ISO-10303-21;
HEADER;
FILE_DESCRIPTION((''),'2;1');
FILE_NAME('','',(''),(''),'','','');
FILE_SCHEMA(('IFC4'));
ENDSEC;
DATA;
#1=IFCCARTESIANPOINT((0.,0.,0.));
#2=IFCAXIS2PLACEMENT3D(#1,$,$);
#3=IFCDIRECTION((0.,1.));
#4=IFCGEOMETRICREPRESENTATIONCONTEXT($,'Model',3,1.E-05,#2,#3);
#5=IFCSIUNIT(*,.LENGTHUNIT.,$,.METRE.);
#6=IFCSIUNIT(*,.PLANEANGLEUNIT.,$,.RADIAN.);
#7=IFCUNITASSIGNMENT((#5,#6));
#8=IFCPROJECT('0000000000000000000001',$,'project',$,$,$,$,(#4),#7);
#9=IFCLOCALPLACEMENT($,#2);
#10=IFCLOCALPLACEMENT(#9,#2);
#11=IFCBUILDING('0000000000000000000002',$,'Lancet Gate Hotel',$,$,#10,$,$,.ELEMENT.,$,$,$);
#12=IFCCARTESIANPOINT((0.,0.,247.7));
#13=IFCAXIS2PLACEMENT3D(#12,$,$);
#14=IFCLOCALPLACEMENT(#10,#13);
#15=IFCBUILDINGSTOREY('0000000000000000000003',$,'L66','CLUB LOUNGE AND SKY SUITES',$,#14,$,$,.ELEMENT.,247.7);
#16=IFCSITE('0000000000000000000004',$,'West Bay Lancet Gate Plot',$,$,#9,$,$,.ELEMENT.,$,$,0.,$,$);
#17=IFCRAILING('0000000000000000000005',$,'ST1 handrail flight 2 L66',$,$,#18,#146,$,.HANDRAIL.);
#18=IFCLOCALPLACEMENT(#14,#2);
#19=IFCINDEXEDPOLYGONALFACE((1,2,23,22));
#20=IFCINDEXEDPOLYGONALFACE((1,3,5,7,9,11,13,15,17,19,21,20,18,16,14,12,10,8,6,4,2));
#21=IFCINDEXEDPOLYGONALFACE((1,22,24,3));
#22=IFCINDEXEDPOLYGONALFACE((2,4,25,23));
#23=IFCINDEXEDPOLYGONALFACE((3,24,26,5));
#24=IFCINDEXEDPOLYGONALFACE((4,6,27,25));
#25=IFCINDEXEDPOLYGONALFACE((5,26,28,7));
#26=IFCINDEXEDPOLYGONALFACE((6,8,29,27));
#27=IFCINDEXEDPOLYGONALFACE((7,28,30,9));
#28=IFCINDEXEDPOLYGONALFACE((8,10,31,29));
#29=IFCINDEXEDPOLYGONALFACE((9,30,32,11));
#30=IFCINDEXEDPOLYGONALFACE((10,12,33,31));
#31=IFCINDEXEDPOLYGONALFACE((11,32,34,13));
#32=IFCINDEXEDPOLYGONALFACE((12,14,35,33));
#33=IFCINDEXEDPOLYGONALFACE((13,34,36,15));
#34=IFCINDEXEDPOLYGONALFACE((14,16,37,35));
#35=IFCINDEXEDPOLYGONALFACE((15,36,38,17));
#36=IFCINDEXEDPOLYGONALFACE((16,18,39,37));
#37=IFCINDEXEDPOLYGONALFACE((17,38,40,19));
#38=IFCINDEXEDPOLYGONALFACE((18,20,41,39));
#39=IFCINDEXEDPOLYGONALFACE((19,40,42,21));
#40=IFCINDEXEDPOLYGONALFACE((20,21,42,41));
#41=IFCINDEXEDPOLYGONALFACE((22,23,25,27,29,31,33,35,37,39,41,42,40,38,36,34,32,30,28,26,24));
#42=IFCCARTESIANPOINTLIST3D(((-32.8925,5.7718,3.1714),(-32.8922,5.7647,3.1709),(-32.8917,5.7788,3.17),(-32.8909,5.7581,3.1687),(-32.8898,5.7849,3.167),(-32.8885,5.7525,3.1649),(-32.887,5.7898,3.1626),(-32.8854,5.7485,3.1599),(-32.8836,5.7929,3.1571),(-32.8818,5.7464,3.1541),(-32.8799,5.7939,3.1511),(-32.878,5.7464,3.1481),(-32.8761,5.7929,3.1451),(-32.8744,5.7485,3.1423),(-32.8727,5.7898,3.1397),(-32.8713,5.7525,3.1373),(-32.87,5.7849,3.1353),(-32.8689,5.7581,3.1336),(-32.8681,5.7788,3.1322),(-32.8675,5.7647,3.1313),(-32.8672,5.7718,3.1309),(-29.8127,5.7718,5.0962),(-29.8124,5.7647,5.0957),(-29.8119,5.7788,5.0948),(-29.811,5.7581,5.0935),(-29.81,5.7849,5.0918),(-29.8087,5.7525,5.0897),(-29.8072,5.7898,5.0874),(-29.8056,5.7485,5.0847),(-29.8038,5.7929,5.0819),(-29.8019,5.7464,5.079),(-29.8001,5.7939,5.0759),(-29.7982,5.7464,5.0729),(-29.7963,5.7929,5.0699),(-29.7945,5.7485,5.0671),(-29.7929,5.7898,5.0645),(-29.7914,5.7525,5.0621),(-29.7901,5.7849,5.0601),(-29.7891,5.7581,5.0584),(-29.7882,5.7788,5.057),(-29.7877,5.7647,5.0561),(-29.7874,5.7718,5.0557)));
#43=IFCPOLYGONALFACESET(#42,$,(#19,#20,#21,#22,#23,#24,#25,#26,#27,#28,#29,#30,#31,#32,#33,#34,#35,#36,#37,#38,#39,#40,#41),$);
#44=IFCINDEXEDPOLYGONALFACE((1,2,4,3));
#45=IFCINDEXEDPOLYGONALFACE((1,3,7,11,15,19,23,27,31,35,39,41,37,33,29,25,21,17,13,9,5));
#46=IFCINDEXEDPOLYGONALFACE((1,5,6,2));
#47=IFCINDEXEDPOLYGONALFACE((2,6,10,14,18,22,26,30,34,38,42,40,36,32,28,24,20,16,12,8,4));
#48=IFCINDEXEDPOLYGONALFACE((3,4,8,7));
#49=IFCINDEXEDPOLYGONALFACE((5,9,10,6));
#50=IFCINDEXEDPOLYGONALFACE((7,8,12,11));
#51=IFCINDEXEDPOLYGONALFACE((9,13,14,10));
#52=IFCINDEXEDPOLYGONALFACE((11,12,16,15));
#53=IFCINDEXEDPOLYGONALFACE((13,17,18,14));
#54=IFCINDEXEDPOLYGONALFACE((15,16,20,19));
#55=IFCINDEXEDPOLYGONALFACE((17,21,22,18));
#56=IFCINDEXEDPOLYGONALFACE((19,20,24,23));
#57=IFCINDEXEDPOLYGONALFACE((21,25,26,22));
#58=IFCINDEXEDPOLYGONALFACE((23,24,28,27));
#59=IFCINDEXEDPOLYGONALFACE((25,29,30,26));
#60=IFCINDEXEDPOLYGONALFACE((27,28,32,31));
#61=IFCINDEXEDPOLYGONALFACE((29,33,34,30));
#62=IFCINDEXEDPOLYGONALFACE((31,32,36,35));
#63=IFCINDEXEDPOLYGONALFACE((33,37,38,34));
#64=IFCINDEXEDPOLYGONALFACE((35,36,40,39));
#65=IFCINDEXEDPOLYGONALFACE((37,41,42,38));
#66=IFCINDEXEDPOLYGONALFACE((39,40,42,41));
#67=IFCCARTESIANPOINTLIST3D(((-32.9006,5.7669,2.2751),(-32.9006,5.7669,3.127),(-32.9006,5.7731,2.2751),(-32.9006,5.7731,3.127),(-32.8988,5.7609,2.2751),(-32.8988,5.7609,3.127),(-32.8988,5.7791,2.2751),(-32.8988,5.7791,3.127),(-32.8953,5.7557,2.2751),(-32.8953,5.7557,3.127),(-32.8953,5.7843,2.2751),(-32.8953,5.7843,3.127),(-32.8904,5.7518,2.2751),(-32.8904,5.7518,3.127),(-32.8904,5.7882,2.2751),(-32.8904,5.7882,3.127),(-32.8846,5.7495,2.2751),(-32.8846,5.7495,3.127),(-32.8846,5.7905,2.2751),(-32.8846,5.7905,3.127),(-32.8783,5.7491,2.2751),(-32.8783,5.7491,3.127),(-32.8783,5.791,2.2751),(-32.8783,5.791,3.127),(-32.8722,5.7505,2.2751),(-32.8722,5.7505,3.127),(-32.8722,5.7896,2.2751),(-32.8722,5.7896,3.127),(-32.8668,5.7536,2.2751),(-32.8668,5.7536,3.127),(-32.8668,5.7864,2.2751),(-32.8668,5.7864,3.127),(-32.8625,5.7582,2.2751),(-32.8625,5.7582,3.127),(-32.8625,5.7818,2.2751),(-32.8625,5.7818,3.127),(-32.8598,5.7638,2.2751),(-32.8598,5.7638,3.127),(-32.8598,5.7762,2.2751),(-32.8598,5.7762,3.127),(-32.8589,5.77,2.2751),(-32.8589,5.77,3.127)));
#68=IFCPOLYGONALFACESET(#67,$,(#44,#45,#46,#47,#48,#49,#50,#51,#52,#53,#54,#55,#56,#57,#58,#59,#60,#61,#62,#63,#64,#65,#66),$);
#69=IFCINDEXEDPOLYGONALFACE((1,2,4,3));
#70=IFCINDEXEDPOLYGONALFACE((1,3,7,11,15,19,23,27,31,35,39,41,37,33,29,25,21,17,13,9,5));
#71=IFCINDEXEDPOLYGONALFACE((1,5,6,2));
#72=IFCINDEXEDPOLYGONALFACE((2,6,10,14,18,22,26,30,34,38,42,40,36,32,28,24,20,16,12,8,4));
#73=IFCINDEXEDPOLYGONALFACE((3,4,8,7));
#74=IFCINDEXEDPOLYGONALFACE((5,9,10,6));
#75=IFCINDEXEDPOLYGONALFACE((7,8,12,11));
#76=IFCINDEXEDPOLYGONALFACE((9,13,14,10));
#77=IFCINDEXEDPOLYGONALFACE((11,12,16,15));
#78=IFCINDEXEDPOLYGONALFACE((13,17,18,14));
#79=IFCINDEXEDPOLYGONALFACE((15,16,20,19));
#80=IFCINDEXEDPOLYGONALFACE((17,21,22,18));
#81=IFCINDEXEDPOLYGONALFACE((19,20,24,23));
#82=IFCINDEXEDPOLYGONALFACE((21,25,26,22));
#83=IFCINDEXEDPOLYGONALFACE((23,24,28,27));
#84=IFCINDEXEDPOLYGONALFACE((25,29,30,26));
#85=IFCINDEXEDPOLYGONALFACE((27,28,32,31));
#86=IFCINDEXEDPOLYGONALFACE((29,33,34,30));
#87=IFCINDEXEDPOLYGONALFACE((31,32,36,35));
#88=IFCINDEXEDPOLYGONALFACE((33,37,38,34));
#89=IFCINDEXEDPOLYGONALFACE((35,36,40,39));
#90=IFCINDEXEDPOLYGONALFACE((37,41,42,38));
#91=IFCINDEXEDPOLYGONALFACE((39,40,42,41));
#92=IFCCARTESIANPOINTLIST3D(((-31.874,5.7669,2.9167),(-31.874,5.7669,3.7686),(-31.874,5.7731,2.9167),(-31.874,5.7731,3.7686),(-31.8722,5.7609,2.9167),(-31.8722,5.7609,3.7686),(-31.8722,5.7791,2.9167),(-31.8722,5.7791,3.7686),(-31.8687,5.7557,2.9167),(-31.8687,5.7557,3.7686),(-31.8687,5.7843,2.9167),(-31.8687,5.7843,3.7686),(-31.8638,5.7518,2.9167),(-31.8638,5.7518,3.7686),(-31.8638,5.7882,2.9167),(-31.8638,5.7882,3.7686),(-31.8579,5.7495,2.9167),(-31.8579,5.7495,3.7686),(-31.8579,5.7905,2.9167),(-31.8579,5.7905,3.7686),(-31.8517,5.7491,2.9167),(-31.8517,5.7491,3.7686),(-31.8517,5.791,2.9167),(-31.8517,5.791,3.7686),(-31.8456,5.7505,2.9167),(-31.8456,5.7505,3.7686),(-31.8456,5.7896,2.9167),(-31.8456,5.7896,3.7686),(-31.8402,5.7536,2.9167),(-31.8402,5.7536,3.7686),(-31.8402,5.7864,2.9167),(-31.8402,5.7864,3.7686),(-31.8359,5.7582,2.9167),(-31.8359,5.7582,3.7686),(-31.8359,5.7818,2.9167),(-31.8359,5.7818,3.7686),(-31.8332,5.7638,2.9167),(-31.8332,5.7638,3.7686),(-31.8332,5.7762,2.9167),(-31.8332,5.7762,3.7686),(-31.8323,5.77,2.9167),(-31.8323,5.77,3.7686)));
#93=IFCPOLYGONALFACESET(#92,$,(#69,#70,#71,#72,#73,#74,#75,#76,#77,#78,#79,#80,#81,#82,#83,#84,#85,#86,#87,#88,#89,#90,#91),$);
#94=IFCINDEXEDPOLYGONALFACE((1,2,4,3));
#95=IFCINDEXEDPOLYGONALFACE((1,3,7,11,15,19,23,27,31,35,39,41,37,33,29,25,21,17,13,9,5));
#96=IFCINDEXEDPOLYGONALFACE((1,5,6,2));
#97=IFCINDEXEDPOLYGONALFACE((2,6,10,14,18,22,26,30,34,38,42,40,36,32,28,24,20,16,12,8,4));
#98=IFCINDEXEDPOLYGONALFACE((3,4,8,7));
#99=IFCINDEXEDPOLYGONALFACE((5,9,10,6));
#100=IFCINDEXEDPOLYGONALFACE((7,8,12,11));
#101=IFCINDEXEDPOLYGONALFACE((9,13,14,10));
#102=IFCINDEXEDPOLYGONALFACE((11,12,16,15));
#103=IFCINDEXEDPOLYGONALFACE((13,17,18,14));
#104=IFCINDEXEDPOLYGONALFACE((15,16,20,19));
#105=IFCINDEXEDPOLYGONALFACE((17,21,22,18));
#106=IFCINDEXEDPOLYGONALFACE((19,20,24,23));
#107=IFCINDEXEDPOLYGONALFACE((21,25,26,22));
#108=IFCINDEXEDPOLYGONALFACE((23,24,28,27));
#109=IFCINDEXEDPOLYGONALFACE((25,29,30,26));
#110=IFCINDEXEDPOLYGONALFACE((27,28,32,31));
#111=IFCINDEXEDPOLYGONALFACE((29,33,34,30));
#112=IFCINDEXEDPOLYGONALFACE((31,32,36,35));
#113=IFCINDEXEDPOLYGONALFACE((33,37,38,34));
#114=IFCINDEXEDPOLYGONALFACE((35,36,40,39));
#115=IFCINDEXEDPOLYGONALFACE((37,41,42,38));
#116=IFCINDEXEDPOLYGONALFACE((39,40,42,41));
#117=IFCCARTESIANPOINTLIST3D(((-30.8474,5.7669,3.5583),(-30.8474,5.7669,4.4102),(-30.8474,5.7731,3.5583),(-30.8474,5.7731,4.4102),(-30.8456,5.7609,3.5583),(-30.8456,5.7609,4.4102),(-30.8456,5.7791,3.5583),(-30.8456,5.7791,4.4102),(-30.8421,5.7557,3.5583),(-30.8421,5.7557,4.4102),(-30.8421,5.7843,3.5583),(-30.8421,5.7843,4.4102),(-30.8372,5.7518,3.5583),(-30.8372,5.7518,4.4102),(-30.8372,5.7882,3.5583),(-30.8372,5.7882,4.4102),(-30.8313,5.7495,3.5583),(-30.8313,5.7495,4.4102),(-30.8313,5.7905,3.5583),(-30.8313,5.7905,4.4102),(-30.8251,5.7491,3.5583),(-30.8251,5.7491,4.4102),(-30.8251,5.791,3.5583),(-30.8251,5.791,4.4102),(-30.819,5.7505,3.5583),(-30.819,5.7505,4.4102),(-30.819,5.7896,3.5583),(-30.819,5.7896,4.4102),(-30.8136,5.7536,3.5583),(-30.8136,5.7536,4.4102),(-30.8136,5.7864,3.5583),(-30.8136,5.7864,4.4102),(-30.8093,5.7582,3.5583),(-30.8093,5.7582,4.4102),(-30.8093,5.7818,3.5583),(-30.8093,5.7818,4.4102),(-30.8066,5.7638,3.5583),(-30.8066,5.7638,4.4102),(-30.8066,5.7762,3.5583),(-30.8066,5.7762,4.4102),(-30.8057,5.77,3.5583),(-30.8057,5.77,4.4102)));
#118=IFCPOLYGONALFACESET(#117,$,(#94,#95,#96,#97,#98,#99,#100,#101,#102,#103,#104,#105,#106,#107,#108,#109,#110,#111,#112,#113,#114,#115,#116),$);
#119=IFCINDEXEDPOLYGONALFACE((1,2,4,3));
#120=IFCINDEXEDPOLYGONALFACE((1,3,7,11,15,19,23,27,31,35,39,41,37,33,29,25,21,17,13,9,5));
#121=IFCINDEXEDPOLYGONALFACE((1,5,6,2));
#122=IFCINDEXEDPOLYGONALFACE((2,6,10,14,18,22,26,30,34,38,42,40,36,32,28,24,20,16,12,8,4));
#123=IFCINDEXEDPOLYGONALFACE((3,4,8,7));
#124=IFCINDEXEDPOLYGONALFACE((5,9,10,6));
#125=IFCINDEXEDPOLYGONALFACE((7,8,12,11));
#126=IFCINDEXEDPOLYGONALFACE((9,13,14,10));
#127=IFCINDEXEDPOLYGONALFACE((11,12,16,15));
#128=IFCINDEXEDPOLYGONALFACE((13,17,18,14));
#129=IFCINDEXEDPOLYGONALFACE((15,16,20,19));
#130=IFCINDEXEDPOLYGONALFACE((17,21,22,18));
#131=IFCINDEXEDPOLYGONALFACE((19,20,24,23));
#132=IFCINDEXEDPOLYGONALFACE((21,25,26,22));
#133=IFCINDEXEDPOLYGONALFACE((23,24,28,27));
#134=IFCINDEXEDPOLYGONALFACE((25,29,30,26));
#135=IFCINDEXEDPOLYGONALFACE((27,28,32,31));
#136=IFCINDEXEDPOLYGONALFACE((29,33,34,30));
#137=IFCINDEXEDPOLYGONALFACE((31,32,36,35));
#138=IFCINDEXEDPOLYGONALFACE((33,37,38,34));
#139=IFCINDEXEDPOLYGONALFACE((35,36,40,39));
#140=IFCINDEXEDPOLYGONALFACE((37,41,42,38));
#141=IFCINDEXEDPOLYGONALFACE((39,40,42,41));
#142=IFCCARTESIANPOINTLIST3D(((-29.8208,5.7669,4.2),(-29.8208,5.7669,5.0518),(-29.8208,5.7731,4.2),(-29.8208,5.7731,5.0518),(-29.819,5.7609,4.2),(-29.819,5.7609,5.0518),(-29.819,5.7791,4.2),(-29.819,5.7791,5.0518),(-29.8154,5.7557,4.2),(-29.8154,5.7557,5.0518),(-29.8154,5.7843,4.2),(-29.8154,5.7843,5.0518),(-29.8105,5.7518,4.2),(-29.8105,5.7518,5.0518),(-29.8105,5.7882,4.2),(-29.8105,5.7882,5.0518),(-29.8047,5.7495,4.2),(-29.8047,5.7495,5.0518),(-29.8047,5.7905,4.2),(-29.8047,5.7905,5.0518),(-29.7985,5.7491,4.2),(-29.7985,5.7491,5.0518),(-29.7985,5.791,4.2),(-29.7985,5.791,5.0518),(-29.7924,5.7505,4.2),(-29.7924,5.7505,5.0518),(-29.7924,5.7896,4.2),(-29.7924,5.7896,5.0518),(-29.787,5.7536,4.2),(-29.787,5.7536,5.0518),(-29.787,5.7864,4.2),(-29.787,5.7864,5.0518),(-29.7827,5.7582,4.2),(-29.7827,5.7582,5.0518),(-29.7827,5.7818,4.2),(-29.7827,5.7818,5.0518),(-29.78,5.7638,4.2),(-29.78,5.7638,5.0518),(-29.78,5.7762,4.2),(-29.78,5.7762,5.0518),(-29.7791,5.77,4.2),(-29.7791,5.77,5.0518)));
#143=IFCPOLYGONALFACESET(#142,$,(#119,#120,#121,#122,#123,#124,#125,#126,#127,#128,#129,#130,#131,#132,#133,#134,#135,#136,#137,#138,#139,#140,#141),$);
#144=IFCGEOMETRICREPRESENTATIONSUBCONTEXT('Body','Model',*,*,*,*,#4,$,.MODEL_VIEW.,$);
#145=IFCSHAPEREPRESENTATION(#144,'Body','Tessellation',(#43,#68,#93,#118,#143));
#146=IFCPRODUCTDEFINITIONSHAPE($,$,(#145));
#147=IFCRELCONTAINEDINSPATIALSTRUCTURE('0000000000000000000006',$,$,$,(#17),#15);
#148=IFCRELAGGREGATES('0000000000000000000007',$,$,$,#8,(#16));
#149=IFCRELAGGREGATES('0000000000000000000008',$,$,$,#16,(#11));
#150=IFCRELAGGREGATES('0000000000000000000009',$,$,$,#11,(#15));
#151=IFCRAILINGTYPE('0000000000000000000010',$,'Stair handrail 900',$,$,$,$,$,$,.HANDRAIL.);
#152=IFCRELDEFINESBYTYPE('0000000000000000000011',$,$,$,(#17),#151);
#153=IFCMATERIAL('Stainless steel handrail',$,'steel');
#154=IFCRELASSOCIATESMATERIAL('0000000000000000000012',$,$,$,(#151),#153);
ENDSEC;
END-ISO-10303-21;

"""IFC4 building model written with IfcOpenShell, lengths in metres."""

from ifc_helpers import new_model, si_unit, direction, frame, origin, origin_2d, place, context, subcontext, project, spatial, circle, extrude, material, type_object, element, save


model = new_model("IFC4")

# Units and contexts
model_context = context("Model", 3, precision=1e-05, world=origin(), true_north=direction((0.0, 1.0)))
body_context = subcontext(model_context, "Body", "Model", "MODEL_VIEW")
ifc_project = project(units=[si_unit("LENGTHUNIT", "METRE"), si_unit("PLANEANGLEUNIT", "RADIAN")], contexts=[model_context])

# Site, building, storey
site_placement = place(None, origin())
site = spatial("IfcSite", under=ifc_project, at=site_placement, Name="West Bay Lancet Gate Plot", CompositionType="ELEMENT", RefElevation=0.0)
building_placement = place(site_placement, origin())
building = spatial("IfcBuilding", under=site, at=building_placement, Name="Lancet Gate Hotel", CompositionType="ELEMENT")
storey_placement = place(building_placement, frame((0.0, 0.0, 247.7)))
storey = spatial("IfcBuildingStorey", under=building, at=storey_placement, Name="L66", Description="CLUB LOUNGE AND SKY SUITES", CompositionType="ELEMENT", Elevation=247.7)

# Railing
ifc_material_1 = material(Name="Stainless steel handrail", Category="steel")
railing_type = type_object("IfcRailingType", Name="Stair handrail 900", PredefinedType="HANDRAIL", material=ifc_material_1)
railing_1_placement = place(storey_placement, frame((-32.8799, 5.77, 2.2751)))
element("IfcRailing", 1, at=railing_1_placement, inside=storey, type_object=railing_type, Name="ST1 handrail flight 2 L66", PredefinedType="HANDRAIL", context=body_context, shape_type="SweptSolid", body=[
    extrude(circle(Radius=0.0239, at=origin_2d()), frame((0.0, 0.0, 0.876), z_axis=(0.84801, 0.0, 0.529981), x_axis=(0.0, 1.0, 0.0)), (0.0, 0.0, 1.0), 3.6318),
    extrude(circle(Radius=0.021, at=origin_2d()), origin(), (0.0, 0.0, 1.0), 0.8518),
    extrude(circle(Radius=0.021, at=origin_2d()), frame((1.0266, 0.0, 0.6416)), (0.0, 0.0, 1.0), 0.8518),
    extrude(circle(Radius=0.021, at=origin_2d()), frame((2.0532, 0.0, 1.2832)), (0.0, 0.0, 1.0), 0.8518),
    extrude(circle(Radius=0.021, at=origin_2d()), frame((3.0798, 0.0, 1.9248)), (0.0, 0.0, 1.0), 0.8518),
])

save(model, "model.ifc")
